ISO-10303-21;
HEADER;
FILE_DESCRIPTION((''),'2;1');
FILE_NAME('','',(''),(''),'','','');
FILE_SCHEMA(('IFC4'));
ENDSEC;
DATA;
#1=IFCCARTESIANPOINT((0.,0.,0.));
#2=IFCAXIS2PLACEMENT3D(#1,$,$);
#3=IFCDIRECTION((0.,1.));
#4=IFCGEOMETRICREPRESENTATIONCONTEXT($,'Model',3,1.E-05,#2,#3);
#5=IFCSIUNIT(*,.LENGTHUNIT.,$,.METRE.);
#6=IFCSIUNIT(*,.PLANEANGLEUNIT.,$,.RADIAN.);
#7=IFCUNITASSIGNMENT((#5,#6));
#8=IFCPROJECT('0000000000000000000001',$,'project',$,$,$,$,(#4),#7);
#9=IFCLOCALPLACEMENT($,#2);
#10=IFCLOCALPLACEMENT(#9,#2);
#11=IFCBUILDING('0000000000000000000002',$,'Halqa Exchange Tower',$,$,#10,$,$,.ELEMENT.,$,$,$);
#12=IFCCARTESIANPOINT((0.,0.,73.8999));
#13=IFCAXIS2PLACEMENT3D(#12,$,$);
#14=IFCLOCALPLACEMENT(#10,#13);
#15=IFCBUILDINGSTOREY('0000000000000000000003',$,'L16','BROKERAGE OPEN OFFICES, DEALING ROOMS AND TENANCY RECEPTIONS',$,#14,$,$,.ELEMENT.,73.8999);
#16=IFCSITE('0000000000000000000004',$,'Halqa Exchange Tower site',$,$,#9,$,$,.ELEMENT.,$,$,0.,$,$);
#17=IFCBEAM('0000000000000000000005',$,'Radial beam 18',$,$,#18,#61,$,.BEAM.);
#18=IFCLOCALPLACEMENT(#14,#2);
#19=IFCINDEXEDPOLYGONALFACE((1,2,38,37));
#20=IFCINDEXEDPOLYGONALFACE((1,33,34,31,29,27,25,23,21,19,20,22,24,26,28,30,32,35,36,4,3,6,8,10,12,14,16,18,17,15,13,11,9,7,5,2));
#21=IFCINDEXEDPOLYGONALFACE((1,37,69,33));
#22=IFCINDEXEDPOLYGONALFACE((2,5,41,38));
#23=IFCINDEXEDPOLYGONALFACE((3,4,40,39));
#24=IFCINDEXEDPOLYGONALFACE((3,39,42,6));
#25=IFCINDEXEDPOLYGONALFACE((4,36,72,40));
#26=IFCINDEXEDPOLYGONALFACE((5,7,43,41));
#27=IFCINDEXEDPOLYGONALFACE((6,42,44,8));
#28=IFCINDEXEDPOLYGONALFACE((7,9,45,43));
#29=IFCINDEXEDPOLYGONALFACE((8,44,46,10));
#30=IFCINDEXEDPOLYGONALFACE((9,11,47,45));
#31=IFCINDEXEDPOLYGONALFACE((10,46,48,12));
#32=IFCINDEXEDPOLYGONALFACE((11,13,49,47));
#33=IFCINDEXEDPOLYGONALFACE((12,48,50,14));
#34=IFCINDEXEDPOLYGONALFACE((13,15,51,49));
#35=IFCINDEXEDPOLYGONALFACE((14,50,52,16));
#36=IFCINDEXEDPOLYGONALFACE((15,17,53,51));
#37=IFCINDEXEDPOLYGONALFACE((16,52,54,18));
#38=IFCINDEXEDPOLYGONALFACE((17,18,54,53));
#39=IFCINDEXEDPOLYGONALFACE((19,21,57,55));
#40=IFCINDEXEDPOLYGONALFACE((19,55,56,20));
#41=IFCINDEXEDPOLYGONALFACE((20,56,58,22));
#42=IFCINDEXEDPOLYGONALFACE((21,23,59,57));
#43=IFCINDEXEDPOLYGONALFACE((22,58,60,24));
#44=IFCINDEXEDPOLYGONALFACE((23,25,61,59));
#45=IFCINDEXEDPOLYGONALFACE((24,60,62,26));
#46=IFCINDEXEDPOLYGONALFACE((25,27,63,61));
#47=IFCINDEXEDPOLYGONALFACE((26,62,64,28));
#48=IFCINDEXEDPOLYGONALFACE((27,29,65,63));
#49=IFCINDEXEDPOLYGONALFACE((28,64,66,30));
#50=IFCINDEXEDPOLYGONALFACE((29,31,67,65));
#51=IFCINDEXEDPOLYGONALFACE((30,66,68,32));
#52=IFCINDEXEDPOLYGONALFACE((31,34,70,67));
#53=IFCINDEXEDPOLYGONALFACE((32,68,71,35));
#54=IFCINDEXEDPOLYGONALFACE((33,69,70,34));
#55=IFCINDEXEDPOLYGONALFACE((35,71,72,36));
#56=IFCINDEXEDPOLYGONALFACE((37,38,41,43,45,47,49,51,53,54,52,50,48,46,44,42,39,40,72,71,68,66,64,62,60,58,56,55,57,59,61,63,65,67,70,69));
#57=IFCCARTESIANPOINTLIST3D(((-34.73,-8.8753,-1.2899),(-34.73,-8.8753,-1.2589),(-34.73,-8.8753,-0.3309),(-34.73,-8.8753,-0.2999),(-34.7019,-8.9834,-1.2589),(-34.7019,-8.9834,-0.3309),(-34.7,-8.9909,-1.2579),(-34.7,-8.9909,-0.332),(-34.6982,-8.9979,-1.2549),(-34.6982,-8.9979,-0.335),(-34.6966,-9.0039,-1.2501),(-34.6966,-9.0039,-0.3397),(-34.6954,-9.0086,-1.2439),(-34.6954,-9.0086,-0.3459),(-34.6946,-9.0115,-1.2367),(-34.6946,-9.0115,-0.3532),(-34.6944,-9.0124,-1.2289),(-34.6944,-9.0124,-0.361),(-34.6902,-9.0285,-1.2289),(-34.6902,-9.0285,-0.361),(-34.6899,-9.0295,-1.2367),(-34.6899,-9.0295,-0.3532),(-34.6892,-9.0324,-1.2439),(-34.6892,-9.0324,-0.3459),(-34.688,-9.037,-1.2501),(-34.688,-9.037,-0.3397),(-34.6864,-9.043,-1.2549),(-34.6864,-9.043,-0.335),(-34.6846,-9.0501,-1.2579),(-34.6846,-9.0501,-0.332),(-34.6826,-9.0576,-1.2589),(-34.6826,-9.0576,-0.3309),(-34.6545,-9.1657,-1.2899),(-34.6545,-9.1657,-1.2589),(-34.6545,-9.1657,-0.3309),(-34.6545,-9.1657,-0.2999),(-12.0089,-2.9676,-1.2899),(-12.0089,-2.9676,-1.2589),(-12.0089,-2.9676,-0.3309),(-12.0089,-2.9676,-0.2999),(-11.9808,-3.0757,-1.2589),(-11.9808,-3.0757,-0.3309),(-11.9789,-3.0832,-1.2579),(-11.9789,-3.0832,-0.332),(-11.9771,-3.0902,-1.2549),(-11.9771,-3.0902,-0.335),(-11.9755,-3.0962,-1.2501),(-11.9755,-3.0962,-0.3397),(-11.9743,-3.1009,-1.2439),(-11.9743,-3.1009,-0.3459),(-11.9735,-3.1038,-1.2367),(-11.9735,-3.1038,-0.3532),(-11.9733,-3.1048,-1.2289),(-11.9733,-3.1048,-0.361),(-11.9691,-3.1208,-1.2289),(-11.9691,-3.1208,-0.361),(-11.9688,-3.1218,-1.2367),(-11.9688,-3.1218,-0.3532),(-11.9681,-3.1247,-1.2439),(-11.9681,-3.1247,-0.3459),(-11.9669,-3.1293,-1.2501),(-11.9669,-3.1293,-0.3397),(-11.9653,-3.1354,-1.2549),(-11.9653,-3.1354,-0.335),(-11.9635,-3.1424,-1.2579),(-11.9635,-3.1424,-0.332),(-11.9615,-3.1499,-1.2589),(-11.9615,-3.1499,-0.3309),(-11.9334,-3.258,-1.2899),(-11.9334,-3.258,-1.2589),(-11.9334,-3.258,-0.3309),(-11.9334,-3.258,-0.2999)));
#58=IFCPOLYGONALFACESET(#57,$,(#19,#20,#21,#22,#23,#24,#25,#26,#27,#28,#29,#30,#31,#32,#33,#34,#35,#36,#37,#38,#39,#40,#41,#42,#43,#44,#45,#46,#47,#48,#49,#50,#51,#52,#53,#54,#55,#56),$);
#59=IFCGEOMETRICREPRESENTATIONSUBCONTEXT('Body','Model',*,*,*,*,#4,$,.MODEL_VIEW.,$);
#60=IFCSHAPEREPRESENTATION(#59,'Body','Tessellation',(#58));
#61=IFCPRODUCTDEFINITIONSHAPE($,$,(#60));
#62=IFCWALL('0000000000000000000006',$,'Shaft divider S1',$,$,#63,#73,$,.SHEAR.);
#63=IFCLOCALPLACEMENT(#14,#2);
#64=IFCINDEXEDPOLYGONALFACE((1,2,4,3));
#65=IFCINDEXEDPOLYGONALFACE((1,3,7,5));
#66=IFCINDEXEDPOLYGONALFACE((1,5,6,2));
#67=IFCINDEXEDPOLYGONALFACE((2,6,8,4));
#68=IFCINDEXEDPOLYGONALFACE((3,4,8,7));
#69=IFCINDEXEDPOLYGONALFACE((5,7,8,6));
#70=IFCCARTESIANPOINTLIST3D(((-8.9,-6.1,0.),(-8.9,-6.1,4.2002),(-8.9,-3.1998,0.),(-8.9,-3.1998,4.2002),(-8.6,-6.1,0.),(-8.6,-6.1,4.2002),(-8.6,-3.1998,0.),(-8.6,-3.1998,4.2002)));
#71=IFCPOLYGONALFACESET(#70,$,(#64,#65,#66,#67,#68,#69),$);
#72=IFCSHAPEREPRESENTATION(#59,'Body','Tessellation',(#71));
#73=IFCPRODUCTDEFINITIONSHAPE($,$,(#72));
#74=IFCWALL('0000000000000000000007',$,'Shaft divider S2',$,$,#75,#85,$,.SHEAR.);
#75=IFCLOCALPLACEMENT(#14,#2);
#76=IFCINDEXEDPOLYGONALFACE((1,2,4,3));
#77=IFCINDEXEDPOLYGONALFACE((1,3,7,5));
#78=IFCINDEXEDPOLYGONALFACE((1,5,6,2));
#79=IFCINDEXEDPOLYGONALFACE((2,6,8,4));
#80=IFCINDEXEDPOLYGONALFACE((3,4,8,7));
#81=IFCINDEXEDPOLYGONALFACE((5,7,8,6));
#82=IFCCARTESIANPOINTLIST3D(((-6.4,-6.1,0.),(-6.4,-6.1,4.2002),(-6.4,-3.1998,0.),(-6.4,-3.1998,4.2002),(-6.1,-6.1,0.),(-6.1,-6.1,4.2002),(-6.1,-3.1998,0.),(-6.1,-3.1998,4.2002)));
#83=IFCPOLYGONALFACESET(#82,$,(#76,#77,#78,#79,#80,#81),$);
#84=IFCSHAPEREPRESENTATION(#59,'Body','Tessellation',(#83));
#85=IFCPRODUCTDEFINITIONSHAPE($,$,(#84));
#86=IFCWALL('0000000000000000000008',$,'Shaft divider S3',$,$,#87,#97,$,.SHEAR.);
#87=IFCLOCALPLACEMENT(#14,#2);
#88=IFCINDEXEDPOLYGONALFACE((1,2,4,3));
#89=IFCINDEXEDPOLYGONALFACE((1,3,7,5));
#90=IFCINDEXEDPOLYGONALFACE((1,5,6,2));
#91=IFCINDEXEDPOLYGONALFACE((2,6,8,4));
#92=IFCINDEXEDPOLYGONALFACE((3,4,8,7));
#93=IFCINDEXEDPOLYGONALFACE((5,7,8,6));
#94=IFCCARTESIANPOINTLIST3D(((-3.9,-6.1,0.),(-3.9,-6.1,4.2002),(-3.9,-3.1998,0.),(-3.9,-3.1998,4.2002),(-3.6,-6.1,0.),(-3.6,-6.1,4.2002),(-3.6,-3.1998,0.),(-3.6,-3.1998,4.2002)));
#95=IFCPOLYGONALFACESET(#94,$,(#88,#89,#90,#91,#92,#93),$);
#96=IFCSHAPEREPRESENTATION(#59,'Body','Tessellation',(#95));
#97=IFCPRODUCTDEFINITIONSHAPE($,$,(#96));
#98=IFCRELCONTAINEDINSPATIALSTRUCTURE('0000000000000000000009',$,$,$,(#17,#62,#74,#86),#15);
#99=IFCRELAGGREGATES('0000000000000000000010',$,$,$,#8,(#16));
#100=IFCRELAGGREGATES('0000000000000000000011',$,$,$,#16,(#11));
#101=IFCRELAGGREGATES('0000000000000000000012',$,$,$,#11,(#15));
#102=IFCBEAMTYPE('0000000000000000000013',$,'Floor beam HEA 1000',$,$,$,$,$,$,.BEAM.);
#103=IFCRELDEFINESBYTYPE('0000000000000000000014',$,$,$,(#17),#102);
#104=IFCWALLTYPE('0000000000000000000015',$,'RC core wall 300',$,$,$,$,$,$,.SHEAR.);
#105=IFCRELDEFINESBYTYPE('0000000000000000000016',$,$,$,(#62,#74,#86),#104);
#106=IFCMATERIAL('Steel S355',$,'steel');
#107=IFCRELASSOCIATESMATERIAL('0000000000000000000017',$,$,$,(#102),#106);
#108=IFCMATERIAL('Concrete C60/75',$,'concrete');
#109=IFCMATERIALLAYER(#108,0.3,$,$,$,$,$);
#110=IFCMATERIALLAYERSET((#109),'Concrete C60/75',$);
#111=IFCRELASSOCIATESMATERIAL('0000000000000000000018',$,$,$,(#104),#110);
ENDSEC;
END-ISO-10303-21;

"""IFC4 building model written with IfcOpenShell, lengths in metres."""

from ifc_helpers import new_model, si_unit, direction, frame, frame_2d, origin, origin_2d, place, context, subcontext, project, spatial, rectangle, i_section, extrude, material, layer, layer_set, material_profile, profile_set, type_object, element, save


model = new_model("IFC4")

# Units and contexts
model_context = context("Model", 3, precision=1e-05, world=origin(), true_north=direction((0.0, 1.0)))
body_context = subcontext(model_context, "Body", "Model", "MODEL_VIEW")
ifc_project = project(units=[si_unit("LENGTHUNIT", "METRE"), si_unit("PLANEANGLEUNIT", "RADIAN")], contexts=[model_context])

# Site, building, storey
site_placement = place(None, origin())
site = spatial("IfcSite", under=ifc_project, at=site_placement, Name="Halqa Exchange Tower site", CompositionType="ELEMENT", RefElevation=0.0)
building_placement = place(site_placement, origin())
building = spatial("IfcBuilding", under=site, at=building_placement, Name="Halqa Exchange Tower", CompositionType="ELEMENT")
storey_placement = place(building_placement, frame((0.0, 0.0, 73.8999)))
storey = spatial("IfcBuildingStorey", under=building, at=storey_placement, Name="L16", Description="BROKERAGE OPEN OFFICES, DEALING ROOMS AND TENANCY RECEPTIONS", CompositionType="ELEMENT", Elevation=73.8999)

# Beam
ifc_material_1 = material(Name="Steel S355", Category="steel")
ifc_material_profile = material_profile(ifc_material_1, i_section(OverallWidth=0.3, OverallDepth=0.99, WebThickness=0.0166, FlangeThickness=0.031, FilletRadius=0.03, at=origin_2d()), Name="HEA 1000")
ifc_profile_set = profile_set([ifc_material_profile], Name="Steel S355")
beam_type = type_object("IfcBeamType", Name="Floor beam HEA 1000", PredefinedType="BEAM", material=ifc_profile_set)
beam_placement = place(storey_placement, frame((-11.9712, -3.1128, -0.7949), z_axis=(-0.96782, -0.251642, 0.0), x_axis=(0.251642, -0.96782, 0.0)))
element("IfcBeam", 1, at=beam_placement, inside=storey, type_object=beam_type, Name="Radial beam 18", PredefinedType="BEAM", context=body_context, shape_type="SweptSolid", body=[
    extrude(i_section(OverallWidth=0.3, OverallDepth=0.99, WebThickness=0.0166, FlangeThickness=0.031, FilletRadius=0.03, at=origin_2d()), origin(), (0.0, 0.0, 1.0), 23.4766),
])

# Walls
ifc_material_2 = material(Name="Concrete C60/75", Category="concrete")
ifc_layer_1 = layer(ifc_material_2, 0.3)
ifc_layer_set_1 = layer_set([ifc_layer_1], Name="Concrete C60/75")
wall_type_1 = type_object("IfcWallType", Name="RC core wall 300", PredefinedType="SHEAR", material=ifc_layer_set_1)
for number, where, z_axis, x_axis, name in (
    (2, (-8.75, -6.1001, 0.0), (0.0, 0.0, 1.0), (0.0, 1.0, 0.0), "Shaft divider S1"),
    (3, (-6.25, -6.1001, 0.0), (0.0, 0.0, 1.0), (0.0, 1.0, 0.0), "Shaft divider S2"),
    (4, (-3.75, -6.1001, 0.0), (0.0, 0.0, 1.0), (0.0, 1.0, 0.0), "Shaft divider S3"),
):
    element("IfcWall", number, at=place(storey_placement, frame(where, z_axis=z_axis, x_axis=x_axis)), inside=storey, type_object=wall_type_1, Name=name, PredefinedType="SHEAR", context=body_context, shape_type="SweptSolid", body=[
        extrude(rectangle(XDim=2.9001, YDim=0.3, at=frame_2d((1.4502, 0.0))), origin(), (0.0, 0.0, 1.0), 4.2002),
    ])

save(model, "model.ifc")
